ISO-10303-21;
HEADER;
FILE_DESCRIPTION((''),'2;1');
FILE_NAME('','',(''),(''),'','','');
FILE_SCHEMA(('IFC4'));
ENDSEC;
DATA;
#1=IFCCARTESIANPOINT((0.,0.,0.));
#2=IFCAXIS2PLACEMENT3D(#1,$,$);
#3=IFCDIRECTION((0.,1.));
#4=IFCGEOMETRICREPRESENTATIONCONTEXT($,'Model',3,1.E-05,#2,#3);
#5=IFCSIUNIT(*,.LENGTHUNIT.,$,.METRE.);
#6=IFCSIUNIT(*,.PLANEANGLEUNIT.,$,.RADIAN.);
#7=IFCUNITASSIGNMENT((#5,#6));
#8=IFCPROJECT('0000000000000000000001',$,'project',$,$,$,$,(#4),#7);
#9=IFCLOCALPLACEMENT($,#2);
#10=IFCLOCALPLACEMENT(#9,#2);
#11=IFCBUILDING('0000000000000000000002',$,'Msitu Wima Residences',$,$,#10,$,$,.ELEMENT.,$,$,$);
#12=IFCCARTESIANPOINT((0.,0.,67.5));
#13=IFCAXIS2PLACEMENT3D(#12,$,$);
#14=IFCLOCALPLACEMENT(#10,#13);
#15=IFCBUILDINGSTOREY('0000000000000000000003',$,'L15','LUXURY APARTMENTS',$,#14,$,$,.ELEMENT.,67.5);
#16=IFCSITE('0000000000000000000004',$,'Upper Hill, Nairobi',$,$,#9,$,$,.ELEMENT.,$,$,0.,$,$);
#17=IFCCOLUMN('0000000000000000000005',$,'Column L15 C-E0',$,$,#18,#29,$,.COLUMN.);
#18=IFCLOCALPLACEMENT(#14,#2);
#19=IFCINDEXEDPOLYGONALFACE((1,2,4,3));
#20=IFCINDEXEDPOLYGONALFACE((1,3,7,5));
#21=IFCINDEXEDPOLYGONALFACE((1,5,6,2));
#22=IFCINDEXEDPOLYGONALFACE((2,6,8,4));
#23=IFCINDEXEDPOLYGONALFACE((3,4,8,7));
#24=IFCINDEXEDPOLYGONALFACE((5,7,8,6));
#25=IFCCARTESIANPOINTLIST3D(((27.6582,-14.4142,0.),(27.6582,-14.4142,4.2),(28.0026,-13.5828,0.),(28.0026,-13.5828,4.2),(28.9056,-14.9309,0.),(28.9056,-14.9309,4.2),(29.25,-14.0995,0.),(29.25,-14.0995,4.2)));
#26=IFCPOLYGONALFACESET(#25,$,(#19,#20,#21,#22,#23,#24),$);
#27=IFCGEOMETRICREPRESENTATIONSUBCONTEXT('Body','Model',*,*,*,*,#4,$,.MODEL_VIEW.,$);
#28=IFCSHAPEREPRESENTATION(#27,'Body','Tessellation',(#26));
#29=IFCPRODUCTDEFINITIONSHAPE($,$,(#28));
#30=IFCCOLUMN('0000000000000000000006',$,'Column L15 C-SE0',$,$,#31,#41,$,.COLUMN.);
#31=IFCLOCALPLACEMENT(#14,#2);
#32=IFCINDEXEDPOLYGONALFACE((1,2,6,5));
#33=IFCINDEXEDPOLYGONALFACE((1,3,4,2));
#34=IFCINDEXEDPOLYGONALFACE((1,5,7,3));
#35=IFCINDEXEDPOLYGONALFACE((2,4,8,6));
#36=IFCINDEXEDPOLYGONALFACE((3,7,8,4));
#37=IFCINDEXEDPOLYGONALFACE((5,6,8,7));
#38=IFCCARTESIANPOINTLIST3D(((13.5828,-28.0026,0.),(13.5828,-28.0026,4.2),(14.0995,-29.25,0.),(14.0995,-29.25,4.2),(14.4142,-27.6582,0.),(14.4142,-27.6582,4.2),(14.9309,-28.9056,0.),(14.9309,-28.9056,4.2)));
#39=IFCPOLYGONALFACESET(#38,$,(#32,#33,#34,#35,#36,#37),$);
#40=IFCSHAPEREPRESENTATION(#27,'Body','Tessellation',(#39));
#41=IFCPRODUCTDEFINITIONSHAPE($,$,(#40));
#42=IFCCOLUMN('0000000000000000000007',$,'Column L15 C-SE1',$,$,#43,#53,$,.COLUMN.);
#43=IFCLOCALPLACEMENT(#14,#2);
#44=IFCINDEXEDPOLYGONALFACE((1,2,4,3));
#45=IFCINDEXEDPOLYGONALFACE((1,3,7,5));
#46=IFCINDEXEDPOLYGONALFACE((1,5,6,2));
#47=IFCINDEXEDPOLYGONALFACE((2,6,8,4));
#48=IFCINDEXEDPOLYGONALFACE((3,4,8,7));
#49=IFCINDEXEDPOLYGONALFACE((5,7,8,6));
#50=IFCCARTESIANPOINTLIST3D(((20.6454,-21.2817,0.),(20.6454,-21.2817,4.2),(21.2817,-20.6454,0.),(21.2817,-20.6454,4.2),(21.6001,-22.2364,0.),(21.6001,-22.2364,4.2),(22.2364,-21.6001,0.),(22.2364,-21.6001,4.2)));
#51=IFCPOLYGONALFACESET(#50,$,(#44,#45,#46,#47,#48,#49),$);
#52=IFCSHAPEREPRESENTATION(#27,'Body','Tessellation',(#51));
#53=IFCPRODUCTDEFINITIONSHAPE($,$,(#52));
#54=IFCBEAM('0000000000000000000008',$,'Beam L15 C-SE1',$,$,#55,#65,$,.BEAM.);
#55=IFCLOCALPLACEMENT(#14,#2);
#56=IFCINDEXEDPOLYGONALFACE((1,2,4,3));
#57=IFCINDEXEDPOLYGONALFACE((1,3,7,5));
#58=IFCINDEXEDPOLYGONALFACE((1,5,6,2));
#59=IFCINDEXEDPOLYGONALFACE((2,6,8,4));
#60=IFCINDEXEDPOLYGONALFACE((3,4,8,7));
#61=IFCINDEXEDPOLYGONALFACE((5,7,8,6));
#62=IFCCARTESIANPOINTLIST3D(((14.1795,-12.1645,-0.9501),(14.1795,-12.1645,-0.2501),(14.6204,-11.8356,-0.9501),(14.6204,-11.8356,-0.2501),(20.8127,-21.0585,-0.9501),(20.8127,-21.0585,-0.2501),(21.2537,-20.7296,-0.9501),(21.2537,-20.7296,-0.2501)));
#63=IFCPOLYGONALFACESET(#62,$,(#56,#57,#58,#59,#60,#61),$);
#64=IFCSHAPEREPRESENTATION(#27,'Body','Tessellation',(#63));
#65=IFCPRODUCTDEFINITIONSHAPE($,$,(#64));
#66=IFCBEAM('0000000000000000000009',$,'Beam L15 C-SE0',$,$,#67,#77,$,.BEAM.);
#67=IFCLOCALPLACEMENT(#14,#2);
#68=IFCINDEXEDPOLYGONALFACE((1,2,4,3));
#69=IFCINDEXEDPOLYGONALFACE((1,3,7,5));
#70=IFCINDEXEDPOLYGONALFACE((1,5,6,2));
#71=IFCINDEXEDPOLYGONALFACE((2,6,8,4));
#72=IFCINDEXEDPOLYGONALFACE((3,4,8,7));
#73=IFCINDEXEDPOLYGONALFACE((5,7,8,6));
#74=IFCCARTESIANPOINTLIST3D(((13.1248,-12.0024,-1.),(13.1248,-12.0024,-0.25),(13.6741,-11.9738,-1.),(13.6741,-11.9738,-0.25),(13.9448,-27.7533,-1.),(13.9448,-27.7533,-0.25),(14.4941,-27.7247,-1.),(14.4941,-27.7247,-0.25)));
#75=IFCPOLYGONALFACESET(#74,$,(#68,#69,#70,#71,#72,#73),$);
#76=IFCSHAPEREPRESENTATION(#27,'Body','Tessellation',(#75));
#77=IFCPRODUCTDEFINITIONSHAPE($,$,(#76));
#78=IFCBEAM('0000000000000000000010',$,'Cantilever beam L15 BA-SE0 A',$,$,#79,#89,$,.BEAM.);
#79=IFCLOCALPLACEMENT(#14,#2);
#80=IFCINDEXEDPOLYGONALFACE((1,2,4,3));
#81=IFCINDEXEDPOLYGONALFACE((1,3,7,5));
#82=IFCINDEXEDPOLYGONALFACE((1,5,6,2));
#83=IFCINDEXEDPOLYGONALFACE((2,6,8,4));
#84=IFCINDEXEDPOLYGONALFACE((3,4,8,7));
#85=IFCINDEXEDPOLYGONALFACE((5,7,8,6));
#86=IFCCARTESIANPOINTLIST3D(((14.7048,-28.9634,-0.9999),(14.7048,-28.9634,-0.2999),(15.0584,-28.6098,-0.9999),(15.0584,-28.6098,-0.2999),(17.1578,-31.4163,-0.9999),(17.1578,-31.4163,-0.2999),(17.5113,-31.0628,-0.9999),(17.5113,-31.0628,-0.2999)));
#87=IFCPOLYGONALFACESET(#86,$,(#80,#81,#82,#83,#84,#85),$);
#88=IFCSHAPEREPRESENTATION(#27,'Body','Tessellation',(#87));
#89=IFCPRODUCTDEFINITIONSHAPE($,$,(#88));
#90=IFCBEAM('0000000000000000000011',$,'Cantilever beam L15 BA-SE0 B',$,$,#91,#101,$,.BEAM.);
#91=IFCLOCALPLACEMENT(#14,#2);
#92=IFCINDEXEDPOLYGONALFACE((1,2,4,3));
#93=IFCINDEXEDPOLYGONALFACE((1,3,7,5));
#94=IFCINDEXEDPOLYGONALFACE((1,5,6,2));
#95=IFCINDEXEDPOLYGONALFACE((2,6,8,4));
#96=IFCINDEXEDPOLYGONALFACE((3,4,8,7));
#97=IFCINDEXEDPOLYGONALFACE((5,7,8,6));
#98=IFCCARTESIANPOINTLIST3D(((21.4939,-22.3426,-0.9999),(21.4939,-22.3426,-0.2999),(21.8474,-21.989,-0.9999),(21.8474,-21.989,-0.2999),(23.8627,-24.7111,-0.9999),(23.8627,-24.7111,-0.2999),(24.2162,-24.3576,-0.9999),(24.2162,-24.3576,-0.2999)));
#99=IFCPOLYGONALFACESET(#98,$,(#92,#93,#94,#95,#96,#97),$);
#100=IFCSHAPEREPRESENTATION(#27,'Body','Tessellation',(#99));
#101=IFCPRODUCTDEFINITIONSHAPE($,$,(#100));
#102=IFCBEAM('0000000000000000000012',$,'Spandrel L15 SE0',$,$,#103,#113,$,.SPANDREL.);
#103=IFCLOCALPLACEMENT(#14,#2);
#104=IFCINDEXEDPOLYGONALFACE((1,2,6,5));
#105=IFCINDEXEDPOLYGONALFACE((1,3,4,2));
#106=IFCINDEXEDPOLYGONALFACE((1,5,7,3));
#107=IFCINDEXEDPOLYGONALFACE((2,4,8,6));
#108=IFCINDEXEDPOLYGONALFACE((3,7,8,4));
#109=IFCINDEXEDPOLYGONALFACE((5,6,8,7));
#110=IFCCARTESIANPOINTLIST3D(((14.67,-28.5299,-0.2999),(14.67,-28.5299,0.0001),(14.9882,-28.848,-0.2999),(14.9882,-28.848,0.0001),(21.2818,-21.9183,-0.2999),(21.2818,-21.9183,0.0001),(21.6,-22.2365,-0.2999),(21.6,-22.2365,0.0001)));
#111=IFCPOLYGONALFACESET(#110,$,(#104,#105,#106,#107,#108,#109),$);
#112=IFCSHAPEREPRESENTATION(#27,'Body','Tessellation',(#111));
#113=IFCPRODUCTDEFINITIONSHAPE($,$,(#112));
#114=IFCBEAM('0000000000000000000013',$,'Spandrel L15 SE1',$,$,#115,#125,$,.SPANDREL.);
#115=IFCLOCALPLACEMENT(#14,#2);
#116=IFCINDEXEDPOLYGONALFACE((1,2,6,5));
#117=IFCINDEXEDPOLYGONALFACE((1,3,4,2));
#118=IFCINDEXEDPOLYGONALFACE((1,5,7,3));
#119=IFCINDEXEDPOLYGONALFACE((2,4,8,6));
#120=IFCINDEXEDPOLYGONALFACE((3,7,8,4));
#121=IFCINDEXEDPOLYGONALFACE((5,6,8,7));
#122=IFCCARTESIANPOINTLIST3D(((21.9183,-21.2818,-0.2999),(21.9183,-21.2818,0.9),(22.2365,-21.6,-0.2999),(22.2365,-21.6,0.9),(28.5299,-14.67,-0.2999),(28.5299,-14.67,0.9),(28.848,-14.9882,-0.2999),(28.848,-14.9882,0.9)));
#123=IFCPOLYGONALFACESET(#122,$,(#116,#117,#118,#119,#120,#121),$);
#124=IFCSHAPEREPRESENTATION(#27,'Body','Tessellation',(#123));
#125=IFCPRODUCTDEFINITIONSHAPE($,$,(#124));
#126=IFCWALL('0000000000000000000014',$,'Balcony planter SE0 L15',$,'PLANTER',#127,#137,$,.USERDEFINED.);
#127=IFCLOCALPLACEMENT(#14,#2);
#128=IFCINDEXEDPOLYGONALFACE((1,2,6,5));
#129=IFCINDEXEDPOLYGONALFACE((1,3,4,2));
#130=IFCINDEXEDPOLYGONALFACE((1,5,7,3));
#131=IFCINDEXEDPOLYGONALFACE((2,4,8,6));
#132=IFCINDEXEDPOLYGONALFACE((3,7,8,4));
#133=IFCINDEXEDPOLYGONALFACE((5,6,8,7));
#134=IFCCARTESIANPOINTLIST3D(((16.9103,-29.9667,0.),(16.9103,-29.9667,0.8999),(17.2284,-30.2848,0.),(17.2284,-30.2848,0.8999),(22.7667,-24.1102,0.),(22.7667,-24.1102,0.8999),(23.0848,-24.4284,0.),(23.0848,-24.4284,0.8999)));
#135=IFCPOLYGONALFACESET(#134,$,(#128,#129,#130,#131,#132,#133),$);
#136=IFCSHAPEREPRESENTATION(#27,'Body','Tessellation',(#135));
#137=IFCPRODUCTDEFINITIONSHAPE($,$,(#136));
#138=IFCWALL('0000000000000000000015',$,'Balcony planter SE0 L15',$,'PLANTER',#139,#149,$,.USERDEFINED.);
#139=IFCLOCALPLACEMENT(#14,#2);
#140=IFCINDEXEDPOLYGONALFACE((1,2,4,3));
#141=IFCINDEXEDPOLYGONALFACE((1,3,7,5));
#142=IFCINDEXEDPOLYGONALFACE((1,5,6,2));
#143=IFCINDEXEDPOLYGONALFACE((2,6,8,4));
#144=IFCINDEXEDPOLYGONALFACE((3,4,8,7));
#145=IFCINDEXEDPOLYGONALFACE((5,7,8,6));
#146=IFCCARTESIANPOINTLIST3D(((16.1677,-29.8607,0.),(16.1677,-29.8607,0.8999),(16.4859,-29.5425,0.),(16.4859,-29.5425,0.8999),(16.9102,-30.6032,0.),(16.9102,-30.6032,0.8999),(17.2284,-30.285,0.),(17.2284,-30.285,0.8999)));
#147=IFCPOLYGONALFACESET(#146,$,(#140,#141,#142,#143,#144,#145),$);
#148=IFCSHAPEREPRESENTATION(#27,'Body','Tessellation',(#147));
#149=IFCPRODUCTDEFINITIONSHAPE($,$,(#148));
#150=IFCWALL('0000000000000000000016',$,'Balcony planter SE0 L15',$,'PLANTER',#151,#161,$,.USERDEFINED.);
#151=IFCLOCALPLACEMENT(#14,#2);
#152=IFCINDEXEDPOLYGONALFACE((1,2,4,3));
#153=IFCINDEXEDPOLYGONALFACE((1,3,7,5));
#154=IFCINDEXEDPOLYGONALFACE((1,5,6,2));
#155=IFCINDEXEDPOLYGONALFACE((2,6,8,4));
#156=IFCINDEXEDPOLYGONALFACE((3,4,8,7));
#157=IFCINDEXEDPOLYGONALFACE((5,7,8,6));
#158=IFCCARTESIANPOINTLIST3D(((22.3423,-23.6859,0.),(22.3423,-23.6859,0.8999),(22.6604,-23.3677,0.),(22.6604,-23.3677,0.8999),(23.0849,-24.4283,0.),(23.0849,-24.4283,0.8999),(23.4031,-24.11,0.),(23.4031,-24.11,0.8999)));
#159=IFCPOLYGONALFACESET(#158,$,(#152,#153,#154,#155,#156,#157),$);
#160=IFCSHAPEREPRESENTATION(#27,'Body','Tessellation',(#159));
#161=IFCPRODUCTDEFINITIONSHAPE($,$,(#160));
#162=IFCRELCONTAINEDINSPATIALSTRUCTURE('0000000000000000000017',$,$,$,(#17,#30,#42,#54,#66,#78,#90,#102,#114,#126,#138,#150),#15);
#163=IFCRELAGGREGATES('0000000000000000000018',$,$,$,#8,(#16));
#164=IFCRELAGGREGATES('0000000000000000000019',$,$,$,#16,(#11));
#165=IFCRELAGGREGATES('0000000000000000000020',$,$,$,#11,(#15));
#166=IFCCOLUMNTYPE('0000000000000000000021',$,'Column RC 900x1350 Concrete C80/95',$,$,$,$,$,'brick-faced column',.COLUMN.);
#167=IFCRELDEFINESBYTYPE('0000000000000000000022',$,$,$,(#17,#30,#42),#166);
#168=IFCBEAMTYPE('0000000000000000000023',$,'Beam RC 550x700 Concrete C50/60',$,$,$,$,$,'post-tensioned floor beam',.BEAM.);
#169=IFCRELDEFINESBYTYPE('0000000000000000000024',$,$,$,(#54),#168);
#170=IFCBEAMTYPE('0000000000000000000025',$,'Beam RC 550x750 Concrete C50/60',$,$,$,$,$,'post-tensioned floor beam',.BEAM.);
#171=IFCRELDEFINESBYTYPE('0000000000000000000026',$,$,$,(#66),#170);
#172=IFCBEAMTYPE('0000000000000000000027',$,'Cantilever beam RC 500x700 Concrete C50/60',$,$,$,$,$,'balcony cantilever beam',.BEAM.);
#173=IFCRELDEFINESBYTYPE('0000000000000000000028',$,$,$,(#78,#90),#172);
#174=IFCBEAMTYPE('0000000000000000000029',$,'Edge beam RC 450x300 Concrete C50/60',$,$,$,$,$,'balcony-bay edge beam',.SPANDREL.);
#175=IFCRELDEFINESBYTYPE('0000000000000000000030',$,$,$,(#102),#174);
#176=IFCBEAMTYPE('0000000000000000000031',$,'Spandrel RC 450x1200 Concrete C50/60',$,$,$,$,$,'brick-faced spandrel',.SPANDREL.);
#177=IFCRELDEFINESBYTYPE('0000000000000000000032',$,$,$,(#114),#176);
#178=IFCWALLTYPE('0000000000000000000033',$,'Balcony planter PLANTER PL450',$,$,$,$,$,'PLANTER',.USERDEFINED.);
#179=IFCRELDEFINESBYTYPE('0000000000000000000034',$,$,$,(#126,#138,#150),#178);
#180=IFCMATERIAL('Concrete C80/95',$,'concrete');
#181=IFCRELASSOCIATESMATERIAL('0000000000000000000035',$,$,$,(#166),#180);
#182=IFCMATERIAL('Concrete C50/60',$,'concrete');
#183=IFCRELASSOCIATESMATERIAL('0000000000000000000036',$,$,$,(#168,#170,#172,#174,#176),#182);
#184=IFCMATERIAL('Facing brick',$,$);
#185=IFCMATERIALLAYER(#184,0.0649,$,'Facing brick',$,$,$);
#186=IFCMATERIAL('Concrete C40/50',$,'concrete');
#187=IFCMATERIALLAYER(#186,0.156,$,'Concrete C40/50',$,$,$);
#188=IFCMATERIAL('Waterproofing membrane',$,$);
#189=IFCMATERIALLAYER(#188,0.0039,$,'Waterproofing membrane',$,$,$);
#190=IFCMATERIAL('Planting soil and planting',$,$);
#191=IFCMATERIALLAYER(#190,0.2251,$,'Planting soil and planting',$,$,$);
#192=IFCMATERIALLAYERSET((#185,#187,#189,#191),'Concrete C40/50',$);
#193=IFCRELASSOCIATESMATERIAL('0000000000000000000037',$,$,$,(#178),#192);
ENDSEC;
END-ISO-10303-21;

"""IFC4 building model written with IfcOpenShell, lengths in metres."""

from ifc_helpers import new_model, si_unit, direction, frame, frame_2d, origin, origin_2d, place, context, subcontext, project, spatial, rectangle, extrude, material, layer, layer_set, material_profile, profile_set, type_object, element, save


model = new_model("IFC4")

# Units and contexts
model_context = context("Model", 3, precision=1e-05, world=origin(), true_north=direction((0.0, 1.0)))
body_context = subcontext(model_context, "Body", "Model", "MODEL_VIEW")
ifc_project = project(units=[si_unit("LENGTHUNIT", "METRE"), si_unit("PLANEANGLEUNIT", "RADIAN")], contexts=[model_context])

# Site, building, storey
site_placement = place(None, origin())
site = spatial("IfcSite", under=ifc_project, at=site_placement, Name="Upper Hill, Nairobi", CompositionType="ELEMENT", RefElevation=0.0)
building_placement = place(site_placement, origin())
building = spatial("IfcBuilding", under=site, at=building_placement, Name="Msitu Wima Residences", CompositionType="ELEMENT")
storey_placement = place(building_placement, frame((0.0, 0.0, 67.5)))
storey = spatial("IfcBuildingStorey", under=building, at=storey_placement, Name="L15", Description="LUXURY APARTMENTS", CompositionType="ELEMENT", Elevation=67.5)

# Columns
ifc_material_1 = material(Name="Concrete C80/95", Category="concrete")
ifc_material_profile_1 = material_profile(ifc_material_1, rectangle(XDim=0.8999, YDim=1.3501, at=origin_2d()), Name="RC 900x1350")
ifc_profile_set_1 = profile_set([ifc_material_profile_1], Name="Concrete C80/95")
column_type = type_object("IfcColumnType", Name="Column RC 900x1350 Concrete C80/95", ElementType="brick-faced column", PredefinedType="COLUMN", material=ifc_profile_set_1)
for number, where, z_axis, x_axis, name in (
    (1, (28.4541, -14.2568, 0.0), (0.0, 0.0, 1.0), (0.382683, 0.92388, 0.0), "Column L15 C-E0"),
    (2, (14.2568, -28.4541, 0.0), (0.0, 0.0, 1.0), (0.92388, 0.382683, 0.0), "Column L15 C-SE0"),
    (3, (21.4409, -21.4409, 0.0), (0.0, 0.0, 1.0), (0.707107, 0.707107, 0.0), "Column L15 C-SE1"),
):
    element("IfcColumn", number, at=place(storey_placement, frame(where, z_axis=z_axis, x_axis=x_axis)), inside=storey, type_object=column_type, Name=name, PredefinedType="COLUMN", context=body_context, shape_type="SweptSolid", body=[
        extrude(rectangle(XDim=0.8999, YDim=1.3501, at=origin_2d()), origin(), (0.0, 0.0, 1.0), 4.2),
    ])

# Beams
ifc_material_2 = material(Name="Concrete C50/60", Category="concrete")
ifc_material_profile_2 = material_profile(ifc_material_2, rectangle(XDim=0.55, YDim=0.7, at=origin_2d()), Name="RC 550x700")
ifc_profile_set_2 = profile_set([ifc_material_profile_2], Name="Concrete C50/60")
beam_type_1 = type_object("IfcBeamType", Name="Beam RC 550x700 Concrete C50/60", ElementType="post-tensioned floor beam", PredefinedType="BEAM", material=ifc_profile_set_2)
beam_1_placement = place(storey_placement, frame((21.0332, -20.894, -0.6001), z_axis=(-0.59785, 0.801608, 0.0), x_axis=(-0.801608, -0.59785, 0.0)))
element("IfcBeam", 4, at=beam_1_placement, inside=storey, type_object=beam_type_1, Name="Beam L15 C-SE1", PredefinedType="BEAM", context=body_context, shape_type="SweptSolid", body=[
    extrude(rectangle(XDim=0.55, YDim=0.7, at=origin_2d()), origin(), (0.0, 0.0, 1.0), 11.0952),
])
ifc_material_profile_3 = material_profile(ifc_material_2, rectangle(XDim=0.55, YDim=0.75, at=origin_2d()), Name="RC 550x750")
ifc_profile_set_3 = profile_set([ifc_material_profile_3], Name="Concrete C50/60")
beam_type_2 = type_object("IfcBeamType", Name="Beam RC 550x750 Concrete C50/60", ElementType="post-tensioned floor beam", PredefinedType="BEAM", material=ifc_profile_set_3)
beam_2_placement = place(storey_placement, frame((14.2195, -27.739, -0.625), z_axis=(-0.051994, 0.998647, 0.0), x_axis=(-0.998647, -0.051994, 0.0)))
element("IfcBeam", 5, at=beam_2_placement, inside=storey, type_object=beam_type_2, Name="Beam L15 C-SE0", PredefinedType="BEAM", context=body_context, shape_type="SweptSolid", body=[
    extrude(rectangle(XDim=0.55, YDim=0.75, at=origin_2d()), origin(), (0.0, 0.0, 1.0), 15.7722),
])
ifc_material_profile_4 = material_profile(ifc_material_2, rectangle(XDim=0.5, YDim=0.7, at=origin_2d()), Name="RC 500x700")
ifc_profile_set_4 = profile_set([ifc_material_profile_4], Name="Concrete C50/60")
beam_type_3 = type_object("IfcBeamType", Name="Cantilever beam RC 500x700 Concrete C50/60", ElementType="balcony cantilever beam", PredefinedType="BEAM", material=ifc_profile_set_4)
beam_3_placement = place(storey_placement, frame((14.8816, -28.7866, -0.6499), z_axis=(0.707107, -0.707107, 0.0), x_axis=(0.707107, 0.707107, 0.0)))
element("IfcBeam", 6, at=beam_3_placement, inside=storey, type_object=beam_type_3, Name="Cantilever beam L15 BA-SE0 A", PredefinedType="BEAM", context=body_context, shape_type="SweptSolid", body=[
    extrude(rectangle(XDim=0.5, YDim=0.7, at=origin_2d()), origin(), (0.0, 0.0, 1.0), 3.469),
])
beam_4_placement = place(storey_placement, frame((21.6707, -22.1658, -0.6499), z_axis=(0.707143, -0.70707, 0.0), x_axis=(0.70707, 0.707143, 0.0)))
element("IfcBeam", 7, at=beam_4_placement, inside=storey, type_object=beam_type_3, Name="Cantilever beam L15 BA-SE0 B", PredefinedType="BEAM", context=body_context, shape_type="SweptSolid", body=[
    extrude(rectangle(XDim=0.5, YDim=0.7, at=origin_2d()), origin(), (0.0, 0.0, 1.0), 3.3499),
])
ifc_material_profile_5 = material_profile(ifc_material_2, rectangle(XDim=0.45, YDim=0.3, at=origin_2d()), Name="RC 450x300")
ifc_profile_set_5 = profile_set([ifc_material_profile_5], Name="Concrete C50/60")
beam_type_4 = type_object("IfcBeamType", Name="Edge beam RC 450x300 Concrete C50/60", ElementType="balcony-bay edge beam", PredefinedType="SPANDREL", material=ifc_profile_set_5)
beam_5_placement = place(storey_placement, frame((14.8291, -28.689, -0.1499), z_axis=(0.70712, 0.707094, 0.0), x_axis=(-0.707094, 0.70712, 0.0)))
element("IfcBeam", 8, at=beam_5_placement, inside=storey, type_object=beam_type_4, Name="Spandrel L15 SE0", PredefinedType="SPANDREL", context=body_context, shape_type="SweptSolid", body=[
    extrude(rectangle(XDim=0.45, YDim=0.3, at=origin_2d()), origin(), (0.0, 0.0, 1.0), 9.3503),
])
ifc_material_profile_6 = material_profile(ifc_material_2, rectangle(XDim=0.45, YDim=1.2, at=origin_2d()), Name="RC 450x1200")
ifc_profile_set_6 = profile_set([ifc_material_profile_6], Name="Concrete C50/60")
beam_type_5 = type_object("IfcBeamType", Name="Spandrel RC 450x1200 Concrete C50/60", ElementType="brick-faced spandrel", PredefinedType="SPANDREL", material=ifc_profile_set_6)
beam_6_placement = place(storey_placement, frame((22.0774, -21.4409, 0.3), z_axis=(0.707094, 0.70712, 0.0), x_axis=(-0.70712, 0.707094, 0.0)))
element("IfcBeam", 9, at=beam_6_placement, inside=storey, type_object=beam_type_5, Name="Spandrel L15 SE1", PredefinedType="SPANDREL", context=body_context, shape_type="SweptSolid", body=[
    extrude(rectangle(XDim=0.45, YDim=1.2, at=origin_2d()), origin(), (0.0, 0.0, 1.0), 9.3503),
])

# Walls
ifc_material_3 = material(Name="Facing brick")
ifc_layer_1 = layer(ifc_material_3, 0.0649, Name="Facing brick")
ifc_material_4 = material(Name="Concrete C40/50", Category="concrete")
ifc_layer_2 = layer(ifc_material_4, 0.156, Name="Concrete C40/50")
ifc_material_5 = material(Name="Waterproofing membrane")
ifc_layer_3 = layer(ifc_material_5, 0.0039, Name="Waterproofing membrane")
ifc_material_6 = material(Name="Planting soil and planting")
ifc_layer_4 = layer(ifc_material_6, 0.2251, Name="Planting soil and planting")
ifc_layer_set_1 = layer_set([ifc_layer_1, ifc_layer_2, ifc_layer_3, ifc_layer_4], Name="Concrete C40/50")
wall_type_1 = type_object("IfcWallType", Name="Balcony planter PLANTER PL450", ElementType="PLANTER", PredefinedType="USERDEFINED", material=ifc_layer_set_1)
wall_1_placement = place(storey_placement, frame((17.0693, -30.1257, 0.0), z_axis=(0.0, 0.0, 1.0), x_axis=(0.707107, 0.707107, 0.0)))
element("IfcWall", 10, at=wall_1_placement, inside=storey, type_object=wall_type_1, Name="Balcony planter SE0 L15", ObjectType="PLANTER", PredefinedType="USERDEFINED", context=body_context, shape_type="SweptSolid", body=[
    extrude(rectangle(XDim=8.2822, YDim=0.45, at=frame_2d((4.1411, 0.0))), origin(), (0.0, 0.0, 1.0), 0.8999),
])
for number, where, z_axis, x_axis, name in (
    (11, (16.3269, -29.7017, 0.0), (0.0, 0.0, 1.0), (0.707107, -0.707107, 0.0), "Balcony planter SE0 L15"),
    (12, (22.5015, -23.5269, 0.0), (0.0, 0.0, 1.0), (0.707223, -0.706991, 0.0), "Balcony planter SE0 L15"),
):
    element("IfcWall", number, at=place(storey_placement, frame(where, z_axis=z_axis, x_axis=x_axis)), inside=storey, type_object=wall_type_1, Name=name, ObjectType="PLANTER", PredefinedType="USERDEFINED", context=body_context, shape_type="SweptSolid", body=[
        extrude(rectangle(XDim=1.05, YDim=0.45, at=frame_2d((0.5249, 0.0))), origin(), (0.0, 0.0, 1.0), 0.8999),
    ])

save(model, "model.ifc")
